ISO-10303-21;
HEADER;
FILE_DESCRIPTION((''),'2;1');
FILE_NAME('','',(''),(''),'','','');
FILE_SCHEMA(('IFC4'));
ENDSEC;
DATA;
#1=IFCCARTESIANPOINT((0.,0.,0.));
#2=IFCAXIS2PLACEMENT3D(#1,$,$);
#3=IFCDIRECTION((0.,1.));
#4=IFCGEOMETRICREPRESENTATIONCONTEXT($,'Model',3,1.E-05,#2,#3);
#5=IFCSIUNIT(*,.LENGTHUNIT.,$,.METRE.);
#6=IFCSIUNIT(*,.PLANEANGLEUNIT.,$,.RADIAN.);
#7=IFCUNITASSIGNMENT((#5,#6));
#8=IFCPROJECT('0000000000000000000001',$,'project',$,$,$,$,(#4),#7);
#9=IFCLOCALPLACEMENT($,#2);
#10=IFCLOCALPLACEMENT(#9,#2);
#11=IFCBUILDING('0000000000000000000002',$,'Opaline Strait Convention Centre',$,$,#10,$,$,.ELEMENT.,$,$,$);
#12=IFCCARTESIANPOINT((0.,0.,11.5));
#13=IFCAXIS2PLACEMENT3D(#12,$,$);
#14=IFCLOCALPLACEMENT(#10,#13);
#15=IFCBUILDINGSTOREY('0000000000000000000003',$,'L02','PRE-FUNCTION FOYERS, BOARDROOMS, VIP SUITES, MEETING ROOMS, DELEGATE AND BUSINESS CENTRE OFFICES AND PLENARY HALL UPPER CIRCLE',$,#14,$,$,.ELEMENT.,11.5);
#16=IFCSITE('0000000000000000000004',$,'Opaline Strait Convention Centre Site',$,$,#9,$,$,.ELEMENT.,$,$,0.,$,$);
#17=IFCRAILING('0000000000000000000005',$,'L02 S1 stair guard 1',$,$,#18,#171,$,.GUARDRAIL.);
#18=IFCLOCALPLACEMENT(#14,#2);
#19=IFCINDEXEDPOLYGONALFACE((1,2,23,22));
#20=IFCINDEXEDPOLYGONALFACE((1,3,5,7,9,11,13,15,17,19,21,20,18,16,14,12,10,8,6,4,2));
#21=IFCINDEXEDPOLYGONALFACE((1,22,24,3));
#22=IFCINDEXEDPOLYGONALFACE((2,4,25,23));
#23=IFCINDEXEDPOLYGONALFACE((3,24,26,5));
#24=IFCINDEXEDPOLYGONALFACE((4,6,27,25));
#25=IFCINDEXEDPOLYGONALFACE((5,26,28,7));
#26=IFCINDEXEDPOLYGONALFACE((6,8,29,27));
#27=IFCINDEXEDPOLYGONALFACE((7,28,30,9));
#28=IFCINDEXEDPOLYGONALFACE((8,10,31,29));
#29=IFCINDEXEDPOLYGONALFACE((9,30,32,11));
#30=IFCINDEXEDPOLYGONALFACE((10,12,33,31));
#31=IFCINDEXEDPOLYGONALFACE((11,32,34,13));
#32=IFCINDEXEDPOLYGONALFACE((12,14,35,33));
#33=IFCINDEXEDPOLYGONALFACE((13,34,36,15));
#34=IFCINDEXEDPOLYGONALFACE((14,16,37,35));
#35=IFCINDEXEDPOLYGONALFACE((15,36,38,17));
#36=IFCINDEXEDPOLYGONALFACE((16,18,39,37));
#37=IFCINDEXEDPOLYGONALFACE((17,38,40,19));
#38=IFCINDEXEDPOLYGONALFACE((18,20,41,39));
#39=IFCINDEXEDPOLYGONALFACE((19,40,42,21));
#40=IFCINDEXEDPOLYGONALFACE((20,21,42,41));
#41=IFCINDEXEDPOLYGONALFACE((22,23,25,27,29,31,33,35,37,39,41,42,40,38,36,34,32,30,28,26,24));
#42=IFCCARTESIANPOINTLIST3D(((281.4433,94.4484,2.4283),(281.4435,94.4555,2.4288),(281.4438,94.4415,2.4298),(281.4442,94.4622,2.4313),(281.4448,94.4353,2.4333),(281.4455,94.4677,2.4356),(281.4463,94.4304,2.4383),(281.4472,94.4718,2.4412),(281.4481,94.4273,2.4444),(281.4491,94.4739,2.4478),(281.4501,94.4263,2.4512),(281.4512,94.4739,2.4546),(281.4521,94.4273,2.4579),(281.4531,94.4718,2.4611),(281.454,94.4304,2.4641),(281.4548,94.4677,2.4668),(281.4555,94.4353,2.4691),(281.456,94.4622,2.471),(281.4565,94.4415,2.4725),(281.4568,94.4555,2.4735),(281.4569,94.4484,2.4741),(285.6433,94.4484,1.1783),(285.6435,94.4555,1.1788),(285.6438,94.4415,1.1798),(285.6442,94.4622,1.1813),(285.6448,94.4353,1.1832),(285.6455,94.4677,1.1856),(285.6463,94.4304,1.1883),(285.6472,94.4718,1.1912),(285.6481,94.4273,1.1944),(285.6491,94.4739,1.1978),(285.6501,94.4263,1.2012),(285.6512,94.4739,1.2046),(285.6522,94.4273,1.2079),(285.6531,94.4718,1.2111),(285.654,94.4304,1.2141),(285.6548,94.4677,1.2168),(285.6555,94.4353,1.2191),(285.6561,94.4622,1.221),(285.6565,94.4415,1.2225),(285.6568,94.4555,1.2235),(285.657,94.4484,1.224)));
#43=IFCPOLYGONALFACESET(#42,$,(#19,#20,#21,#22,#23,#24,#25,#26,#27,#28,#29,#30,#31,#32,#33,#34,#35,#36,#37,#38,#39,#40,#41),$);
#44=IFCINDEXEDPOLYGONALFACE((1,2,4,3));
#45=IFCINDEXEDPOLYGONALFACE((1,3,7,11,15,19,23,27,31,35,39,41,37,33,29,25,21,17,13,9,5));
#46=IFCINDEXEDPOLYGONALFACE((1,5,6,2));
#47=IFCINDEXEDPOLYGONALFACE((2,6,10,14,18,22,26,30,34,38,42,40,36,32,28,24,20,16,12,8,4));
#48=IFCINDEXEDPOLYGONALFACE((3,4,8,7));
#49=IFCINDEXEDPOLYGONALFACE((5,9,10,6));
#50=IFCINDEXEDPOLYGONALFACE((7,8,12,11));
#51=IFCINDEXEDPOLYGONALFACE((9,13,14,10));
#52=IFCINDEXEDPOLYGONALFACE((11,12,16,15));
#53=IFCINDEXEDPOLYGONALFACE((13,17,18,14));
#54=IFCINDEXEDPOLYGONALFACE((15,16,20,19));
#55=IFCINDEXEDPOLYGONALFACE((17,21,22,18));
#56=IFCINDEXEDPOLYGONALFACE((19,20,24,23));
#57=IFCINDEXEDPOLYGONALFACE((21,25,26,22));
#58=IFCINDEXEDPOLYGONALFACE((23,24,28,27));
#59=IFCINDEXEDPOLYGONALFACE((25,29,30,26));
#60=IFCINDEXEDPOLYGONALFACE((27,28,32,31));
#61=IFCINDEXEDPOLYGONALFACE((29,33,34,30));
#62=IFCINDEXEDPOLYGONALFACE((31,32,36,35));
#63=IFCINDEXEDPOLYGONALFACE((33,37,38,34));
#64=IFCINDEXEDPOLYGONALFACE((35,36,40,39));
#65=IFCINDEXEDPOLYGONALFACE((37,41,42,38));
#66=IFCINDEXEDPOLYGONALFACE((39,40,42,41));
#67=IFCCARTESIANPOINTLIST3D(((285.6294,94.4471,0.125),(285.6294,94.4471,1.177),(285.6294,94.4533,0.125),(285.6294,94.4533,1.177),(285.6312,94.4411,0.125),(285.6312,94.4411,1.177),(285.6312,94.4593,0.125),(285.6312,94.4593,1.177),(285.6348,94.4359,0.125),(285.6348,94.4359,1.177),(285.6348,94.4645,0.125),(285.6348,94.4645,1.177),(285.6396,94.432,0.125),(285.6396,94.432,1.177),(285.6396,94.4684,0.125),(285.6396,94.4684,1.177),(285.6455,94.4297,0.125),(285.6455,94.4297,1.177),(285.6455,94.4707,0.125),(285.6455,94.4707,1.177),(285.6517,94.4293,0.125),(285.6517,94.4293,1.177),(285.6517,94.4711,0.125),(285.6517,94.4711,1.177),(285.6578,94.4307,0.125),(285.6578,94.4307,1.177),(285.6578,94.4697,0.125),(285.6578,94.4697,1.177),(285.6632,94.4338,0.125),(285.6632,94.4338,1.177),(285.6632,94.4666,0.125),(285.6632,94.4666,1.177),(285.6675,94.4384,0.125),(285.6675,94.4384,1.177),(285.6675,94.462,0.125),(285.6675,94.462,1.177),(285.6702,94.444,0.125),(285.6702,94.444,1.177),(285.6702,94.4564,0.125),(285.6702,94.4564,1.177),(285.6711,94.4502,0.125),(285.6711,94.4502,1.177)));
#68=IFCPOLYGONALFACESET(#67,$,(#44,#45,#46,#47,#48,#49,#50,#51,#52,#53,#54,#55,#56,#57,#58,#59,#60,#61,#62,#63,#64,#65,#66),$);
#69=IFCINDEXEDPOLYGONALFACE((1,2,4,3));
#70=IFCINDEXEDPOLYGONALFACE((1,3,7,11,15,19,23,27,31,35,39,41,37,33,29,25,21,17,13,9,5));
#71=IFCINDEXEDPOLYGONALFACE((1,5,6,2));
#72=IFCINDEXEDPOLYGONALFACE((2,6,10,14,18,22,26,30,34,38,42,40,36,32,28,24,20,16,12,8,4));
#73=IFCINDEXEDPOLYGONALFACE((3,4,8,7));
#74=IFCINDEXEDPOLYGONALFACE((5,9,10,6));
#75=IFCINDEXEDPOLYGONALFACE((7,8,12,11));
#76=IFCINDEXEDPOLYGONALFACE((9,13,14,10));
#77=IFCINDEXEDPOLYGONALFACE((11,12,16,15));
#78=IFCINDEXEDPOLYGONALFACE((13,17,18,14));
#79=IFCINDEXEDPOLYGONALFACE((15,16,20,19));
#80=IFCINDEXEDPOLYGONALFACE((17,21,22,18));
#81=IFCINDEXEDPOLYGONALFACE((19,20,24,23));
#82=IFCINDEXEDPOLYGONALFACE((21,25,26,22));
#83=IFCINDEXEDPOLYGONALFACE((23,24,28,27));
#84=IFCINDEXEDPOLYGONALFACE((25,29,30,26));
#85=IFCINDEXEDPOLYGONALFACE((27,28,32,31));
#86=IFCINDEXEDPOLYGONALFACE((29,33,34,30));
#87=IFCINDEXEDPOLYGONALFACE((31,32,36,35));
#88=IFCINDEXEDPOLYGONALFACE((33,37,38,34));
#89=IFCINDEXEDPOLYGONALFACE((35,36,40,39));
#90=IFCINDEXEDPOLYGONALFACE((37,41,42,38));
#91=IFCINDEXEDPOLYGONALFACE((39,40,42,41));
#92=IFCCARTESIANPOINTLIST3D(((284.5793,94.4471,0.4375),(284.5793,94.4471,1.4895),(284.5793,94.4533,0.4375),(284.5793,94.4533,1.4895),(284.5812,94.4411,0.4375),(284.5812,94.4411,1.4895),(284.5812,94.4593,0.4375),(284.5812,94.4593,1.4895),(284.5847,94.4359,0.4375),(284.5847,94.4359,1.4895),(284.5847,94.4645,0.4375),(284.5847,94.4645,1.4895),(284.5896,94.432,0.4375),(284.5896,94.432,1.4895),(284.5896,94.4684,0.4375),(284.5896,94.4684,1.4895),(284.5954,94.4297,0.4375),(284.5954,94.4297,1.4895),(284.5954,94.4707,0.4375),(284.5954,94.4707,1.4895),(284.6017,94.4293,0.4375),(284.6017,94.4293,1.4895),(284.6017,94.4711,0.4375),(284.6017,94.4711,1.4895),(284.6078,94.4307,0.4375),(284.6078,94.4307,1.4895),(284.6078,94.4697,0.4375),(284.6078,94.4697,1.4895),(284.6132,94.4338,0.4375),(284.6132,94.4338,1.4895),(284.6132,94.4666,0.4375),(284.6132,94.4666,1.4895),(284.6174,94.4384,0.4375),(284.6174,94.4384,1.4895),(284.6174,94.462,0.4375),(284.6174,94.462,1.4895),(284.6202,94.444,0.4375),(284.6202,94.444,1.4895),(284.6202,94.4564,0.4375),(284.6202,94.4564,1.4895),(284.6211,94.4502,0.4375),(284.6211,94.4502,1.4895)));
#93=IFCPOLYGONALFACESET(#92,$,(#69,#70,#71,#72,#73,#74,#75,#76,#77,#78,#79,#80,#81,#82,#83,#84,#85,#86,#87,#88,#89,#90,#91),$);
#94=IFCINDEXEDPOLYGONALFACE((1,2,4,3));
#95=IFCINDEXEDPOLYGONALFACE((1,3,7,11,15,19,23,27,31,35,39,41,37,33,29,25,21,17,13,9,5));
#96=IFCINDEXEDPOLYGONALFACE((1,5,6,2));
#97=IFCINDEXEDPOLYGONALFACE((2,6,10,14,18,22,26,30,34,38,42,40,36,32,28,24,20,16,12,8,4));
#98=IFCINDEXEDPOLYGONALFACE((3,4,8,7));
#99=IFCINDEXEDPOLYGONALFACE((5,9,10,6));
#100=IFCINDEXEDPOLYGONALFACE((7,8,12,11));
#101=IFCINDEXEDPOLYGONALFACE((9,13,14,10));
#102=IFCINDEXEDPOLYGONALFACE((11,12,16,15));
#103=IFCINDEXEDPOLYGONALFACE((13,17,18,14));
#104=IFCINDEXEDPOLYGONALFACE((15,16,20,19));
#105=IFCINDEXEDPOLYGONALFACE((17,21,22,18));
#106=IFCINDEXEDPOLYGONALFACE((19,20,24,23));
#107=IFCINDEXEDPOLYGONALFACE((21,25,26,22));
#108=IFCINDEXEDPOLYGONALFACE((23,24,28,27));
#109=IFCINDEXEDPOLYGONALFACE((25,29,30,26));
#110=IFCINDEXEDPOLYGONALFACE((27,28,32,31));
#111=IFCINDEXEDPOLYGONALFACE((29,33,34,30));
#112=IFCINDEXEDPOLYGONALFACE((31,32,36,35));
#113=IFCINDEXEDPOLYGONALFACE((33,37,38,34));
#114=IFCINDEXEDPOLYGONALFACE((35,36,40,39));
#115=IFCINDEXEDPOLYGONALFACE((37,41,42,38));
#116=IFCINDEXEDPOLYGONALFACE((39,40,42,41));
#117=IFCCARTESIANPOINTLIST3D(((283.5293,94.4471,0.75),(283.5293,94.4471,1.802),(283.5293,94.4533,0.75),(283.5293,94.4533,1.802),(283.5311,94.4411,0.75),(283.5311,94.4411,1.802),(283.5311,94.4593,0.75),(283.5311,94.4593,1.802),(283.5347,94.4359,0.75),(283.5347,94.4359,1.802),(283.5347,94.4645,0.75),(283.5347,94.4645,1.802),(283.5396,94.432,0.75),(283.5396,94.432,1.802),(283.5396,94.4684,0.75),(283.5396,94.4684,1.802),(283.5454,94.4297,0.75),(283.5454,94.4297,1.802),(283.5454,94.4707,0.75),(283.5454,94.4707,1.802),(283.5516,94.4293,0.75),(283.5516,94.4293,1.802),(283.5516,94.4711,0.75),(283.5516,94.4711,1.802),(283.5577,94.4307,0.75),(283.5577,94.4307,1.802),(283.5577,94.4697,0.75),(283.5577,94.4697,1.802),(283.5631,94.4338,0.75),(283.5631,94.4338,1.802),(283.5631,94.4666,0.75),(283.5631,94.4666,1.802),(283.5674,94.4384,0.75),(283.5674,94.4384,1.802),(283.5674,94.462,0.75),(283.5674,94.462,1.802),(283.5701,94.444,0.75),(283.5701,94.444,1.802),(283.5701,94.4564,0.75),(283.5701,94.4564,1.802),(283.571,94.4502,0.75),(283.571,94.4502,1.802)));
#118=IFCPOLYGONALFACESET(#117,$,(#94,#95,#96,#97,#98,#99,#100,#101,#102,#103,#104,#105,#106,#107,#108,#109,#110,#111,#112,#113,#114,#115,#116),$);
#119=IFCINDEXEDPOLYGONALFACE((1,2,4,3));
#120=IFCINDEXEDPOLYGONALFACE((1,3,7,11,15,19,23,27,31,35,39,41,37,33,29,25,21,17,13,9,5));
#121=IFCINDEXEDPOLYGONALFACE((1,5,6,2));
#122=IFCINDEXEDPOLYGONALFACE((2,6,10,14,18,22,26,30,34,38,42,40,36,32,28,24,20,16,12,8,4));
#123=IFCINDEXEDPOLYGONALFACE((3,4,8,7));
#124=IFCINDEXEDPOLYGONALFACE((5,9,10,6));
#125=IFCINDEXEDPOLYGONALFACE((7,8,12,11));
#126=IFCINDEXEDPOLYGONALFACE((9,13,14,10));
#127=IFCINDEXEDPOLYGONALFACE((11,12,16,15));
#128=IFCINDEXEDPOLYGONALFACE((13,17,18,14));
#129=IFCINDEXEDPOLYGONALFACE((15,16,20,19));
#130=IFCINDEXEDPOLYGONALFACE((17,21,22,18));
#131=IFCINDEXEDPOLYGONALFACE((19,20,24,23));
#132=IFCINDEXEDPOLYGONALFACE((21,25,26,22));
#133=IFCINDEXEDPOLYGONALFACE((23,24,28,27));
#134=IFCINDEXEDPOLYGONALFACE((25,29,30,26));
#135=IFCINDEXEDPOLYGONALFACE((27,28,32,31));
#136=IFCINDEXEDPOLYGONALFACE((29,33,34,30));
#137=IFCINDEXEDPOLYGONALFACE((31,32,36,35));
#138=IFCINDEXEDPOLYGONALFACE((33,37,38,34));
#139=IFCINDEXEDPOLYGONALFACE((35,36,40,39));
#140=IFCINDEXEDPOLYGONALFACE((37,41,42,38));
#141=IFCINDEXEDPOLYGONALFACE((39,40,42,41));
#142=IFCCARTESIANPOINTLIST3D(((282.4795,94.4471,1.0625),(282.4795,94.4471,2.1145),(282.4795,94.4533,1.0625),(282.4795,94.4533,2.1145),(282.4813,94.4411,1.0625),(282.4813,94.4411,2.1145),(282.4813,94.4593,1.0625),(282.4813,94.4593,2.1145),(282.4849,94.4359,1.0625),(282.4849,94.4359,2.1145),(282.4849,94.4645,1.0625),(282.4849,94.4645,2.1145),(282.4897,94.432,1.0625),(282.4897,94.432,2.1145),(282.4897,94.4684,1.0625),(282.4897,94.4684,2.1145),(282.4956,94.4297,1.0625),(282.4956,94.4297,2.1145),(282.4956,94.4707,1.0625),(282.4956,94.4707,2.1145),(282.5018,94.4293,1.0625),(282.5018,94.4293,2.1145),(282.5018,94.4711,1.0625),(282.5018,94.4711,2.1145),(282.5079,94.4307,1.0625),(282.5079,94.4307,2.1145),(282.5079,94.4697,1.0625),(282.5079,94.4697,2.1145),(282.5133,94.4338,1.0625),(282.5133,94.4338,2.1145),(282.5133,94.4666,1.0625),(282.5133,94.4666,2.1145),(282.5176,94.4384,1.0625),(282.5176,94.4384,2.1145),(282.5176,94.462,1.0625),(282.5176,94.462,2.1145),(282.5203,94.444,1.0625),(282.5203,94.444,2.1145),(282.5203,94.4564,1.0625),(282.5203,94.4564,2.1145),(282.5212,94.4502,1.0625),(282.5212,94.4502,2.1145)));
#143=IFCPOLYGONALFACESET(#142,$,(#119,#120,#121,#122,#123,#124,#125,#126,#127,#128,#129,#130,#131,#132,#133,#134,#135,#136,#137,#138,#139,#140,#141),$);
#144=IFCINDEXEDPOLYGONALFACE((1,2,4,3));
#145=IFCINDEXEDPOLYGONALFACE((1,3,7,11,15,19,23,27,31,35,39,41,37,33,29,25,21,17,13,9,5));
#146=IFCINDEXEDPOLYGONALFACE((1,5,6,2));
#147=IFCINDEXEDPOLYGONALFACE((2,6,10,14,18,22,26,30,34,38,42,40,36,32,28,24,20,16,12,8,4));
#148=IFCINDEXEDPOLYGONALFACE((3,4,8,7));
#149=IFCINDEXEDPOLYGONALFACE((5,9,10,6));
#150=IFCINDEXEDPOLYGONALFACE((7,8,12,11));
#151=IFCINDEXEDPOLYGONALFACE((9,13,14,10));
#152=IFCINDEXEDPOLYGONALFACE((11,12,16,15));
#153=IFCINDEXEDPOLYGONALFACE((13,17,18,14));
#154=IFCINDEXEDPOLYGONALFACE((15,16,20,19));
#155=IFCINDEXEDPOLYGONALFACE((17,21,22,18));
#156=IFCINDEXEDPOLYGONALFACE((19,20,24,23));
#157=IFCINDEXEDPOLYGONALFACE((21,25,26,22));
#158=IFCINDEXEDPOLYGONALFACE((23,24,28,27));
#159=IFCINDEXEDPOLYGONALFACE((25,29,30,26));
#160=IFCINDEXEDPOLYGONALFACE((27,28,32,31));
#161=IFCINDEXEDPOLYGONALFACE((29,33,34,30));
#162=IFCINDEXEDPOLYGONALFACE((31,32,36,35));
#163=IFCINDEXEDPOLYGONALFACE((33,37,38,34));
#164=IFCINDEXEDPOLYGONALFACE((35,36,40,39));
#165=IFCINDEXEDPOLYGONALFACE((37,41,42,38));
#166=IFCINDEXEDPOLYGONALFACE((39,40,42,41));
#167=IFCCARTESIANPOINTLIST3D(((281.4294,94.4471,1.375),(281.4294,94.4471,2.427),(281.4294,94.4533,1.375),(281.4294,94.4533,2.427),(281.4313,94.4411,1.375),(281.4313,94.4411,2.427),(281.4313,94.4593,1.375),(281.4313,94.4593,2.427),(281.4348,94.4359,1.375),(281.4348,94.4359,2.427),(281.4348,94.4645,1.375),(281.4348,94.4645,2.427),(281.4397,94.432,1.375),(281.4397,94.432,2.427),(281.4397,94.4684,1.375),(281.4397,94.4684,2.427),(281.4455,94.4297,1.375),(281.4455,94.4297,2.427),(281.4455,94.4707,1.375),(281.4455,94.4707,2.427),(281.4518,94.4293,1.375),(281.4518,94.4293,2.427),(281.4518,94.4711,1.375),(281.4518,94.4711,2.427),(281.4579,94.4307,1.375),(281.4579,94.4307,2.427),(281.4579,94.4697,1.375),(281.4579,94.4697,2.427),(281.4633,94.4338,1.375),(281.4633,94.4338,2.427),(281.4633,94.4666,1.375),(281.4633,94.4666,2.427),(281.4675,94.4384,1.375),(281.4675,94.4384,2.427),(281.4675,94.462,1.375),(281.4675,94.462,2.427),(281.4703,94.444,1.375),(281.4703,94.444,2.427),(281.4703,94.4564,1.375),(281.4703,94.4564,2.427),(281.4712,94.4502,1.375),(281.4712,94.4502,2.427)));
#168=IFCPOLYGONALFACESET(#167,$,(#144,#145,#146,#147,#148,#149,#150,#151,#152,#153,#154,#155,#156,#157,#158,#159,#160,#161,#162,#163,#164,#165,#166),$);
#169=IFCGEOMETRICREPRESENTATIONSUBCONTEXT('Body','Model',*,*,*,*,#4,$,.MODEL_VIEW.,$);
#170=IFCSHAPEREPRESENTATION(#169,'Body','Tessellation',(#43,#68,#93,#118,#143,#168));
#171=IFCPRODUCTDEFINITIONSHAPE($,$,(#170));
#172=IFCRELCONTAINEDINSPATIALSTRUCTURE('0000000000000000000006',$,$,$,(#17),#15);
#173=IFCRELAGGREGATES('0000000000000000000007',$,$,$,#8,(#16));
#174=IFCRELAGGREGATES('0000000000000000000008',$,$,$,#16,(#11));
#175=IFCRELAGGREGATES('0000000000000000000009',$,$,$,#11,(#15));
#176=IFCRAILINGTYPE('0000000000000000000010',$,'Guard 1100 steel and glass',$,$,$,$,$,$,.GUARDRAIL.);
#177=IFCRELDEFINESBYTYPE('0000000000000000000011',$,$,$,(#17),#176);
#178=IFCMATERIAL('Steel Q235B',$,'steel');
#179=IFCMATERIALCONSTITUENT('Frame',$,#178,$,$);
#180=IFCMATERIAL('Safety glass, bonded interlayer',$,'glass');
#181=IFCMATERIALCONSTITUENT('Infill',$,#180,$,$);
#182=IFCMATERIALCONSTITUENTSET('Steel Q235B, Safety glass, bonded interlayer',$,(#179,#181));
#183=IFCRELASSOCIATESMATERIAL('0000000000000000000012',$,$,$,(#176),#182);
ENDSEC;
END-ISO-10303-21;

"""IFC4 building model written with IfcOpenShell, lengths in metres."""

from ifc_helpers import new_model, si_unit, direction, frame, origin, origin_2d, place, context, subcontext, project, spatial, circle, extrude, material, constituent, constituent_set, type_object, element, save


model = new_model("IFC4")

# Units and contexts
model_context = context("Model", 3, precision=1e-05, world=origin(), true_north=direction((0.0, 1.0)))
body_context = subcontext(model_context, "Body", "Model", "MODEL_VIEW")
ifc_project = project(units=[si_unit("LENGTHUNIT", "METRE"), si_unit("PLANEANGLEUNIT", "RADIAN")], contexts=[model_context])

# Site, building, storey
site_placement = place(None, origin())
site = spatial("IfcSite", under=ifc_project, at=site_placement, Name="Opaline Strait Convention Centre Site", CompositionType="ELEMENT", RefElevation=0.0)
building_placement = place(site_placement, origin())
building = spatial("IfcBuilding", under=site, at=building_placement, Name="Opaline Strait Convention Centre", CompositionType="ELEMENT")
storey_placement = place(building_placement, frame((0.0, 0.0, 11.5)))
storey = spatial("IfcBuildingStorey", under=building, at=storey_placement, Name="L02", Description="PRE-FUNCTION FOYERS, BOARDROOMS, VIP SUITES, MEETING ROOMS, DELEGATE AND BUSINESS CENTRE OFFICES AND PLENARY HALL UPPER CIRCLE", CompositionType="ELEMENT", Elevation=11.5)

# Railing
ifc_material_1 = material(Name="Steel Q235B", Category="steel")
ifc_constituent_1 = constituent(ifc_material_1, Name="Frame")
ifc_material_2 = material(Name="Safety glass, bonded interlayer", Category="glass")
ifc_constituent_2 = constituent(ifc_material_2, Name="Infill")
ifc_constituent_set = constituent_set(constituents=[ifc_constituent_1, ifc_constituent_2], Name="Steel Q235B, Safety glass, bonded interlayer")
railing_type = type_object("IfcRailingType", Name="Guard 1100 steel and glass", PredefinedType="GUARDRAIL", material=ifc_constituent_set)
railing_1_placement = place(storey_placement, frame((285.6501, 94.4502, 0.125)))
element("IfcRailing", 1, at=railing_1_placement, inside=storey, type_object=railing_type, Name="L02 S1 stair guard 1", PredefinedType="GUARDRAIL", context=body_context, shape_type="SweptSolid", body=[
    extrude(circle(Radius=0.0239, at=origin_2d()), frame((0.0, 0.0, 1.0762), z_axis=(-0.958451, 0.0, 0.285257), x_axis=(0.0, -1.0, 0.0)), (0.0, 0.0, 1.0), 4.3821),
    extrude(circle(Radius=0.021, at=origin_2d()), origin(), (0.0, 0.0, 1.0), 1.052),
    extrude(circle(Radius=0.021, at=origin_2d()), frame((-1.05, 0.0, 0.3125)), (0.0, 0.0, 1.0), 1.052),
    extrude(circle(Radius=0.021, at=origin_2d()), frame((-2.1001, 0.0, 0.625)), (0.0, 0.0, 1.0), 1.052),
    extrude(circle(Radius=0.021, at=origin_2d()), frame((-3.1499, 0.0, 0.9375)), (0.0, 0.0, 1.0), 1.052),
    extrude(circle(Radius=0.021, at=origin_2d()), frame((-4.2, 0.0, 1.25)), (0.0, 0.0, 1.0), 1.052),
])

save(model, "model.ifc")
